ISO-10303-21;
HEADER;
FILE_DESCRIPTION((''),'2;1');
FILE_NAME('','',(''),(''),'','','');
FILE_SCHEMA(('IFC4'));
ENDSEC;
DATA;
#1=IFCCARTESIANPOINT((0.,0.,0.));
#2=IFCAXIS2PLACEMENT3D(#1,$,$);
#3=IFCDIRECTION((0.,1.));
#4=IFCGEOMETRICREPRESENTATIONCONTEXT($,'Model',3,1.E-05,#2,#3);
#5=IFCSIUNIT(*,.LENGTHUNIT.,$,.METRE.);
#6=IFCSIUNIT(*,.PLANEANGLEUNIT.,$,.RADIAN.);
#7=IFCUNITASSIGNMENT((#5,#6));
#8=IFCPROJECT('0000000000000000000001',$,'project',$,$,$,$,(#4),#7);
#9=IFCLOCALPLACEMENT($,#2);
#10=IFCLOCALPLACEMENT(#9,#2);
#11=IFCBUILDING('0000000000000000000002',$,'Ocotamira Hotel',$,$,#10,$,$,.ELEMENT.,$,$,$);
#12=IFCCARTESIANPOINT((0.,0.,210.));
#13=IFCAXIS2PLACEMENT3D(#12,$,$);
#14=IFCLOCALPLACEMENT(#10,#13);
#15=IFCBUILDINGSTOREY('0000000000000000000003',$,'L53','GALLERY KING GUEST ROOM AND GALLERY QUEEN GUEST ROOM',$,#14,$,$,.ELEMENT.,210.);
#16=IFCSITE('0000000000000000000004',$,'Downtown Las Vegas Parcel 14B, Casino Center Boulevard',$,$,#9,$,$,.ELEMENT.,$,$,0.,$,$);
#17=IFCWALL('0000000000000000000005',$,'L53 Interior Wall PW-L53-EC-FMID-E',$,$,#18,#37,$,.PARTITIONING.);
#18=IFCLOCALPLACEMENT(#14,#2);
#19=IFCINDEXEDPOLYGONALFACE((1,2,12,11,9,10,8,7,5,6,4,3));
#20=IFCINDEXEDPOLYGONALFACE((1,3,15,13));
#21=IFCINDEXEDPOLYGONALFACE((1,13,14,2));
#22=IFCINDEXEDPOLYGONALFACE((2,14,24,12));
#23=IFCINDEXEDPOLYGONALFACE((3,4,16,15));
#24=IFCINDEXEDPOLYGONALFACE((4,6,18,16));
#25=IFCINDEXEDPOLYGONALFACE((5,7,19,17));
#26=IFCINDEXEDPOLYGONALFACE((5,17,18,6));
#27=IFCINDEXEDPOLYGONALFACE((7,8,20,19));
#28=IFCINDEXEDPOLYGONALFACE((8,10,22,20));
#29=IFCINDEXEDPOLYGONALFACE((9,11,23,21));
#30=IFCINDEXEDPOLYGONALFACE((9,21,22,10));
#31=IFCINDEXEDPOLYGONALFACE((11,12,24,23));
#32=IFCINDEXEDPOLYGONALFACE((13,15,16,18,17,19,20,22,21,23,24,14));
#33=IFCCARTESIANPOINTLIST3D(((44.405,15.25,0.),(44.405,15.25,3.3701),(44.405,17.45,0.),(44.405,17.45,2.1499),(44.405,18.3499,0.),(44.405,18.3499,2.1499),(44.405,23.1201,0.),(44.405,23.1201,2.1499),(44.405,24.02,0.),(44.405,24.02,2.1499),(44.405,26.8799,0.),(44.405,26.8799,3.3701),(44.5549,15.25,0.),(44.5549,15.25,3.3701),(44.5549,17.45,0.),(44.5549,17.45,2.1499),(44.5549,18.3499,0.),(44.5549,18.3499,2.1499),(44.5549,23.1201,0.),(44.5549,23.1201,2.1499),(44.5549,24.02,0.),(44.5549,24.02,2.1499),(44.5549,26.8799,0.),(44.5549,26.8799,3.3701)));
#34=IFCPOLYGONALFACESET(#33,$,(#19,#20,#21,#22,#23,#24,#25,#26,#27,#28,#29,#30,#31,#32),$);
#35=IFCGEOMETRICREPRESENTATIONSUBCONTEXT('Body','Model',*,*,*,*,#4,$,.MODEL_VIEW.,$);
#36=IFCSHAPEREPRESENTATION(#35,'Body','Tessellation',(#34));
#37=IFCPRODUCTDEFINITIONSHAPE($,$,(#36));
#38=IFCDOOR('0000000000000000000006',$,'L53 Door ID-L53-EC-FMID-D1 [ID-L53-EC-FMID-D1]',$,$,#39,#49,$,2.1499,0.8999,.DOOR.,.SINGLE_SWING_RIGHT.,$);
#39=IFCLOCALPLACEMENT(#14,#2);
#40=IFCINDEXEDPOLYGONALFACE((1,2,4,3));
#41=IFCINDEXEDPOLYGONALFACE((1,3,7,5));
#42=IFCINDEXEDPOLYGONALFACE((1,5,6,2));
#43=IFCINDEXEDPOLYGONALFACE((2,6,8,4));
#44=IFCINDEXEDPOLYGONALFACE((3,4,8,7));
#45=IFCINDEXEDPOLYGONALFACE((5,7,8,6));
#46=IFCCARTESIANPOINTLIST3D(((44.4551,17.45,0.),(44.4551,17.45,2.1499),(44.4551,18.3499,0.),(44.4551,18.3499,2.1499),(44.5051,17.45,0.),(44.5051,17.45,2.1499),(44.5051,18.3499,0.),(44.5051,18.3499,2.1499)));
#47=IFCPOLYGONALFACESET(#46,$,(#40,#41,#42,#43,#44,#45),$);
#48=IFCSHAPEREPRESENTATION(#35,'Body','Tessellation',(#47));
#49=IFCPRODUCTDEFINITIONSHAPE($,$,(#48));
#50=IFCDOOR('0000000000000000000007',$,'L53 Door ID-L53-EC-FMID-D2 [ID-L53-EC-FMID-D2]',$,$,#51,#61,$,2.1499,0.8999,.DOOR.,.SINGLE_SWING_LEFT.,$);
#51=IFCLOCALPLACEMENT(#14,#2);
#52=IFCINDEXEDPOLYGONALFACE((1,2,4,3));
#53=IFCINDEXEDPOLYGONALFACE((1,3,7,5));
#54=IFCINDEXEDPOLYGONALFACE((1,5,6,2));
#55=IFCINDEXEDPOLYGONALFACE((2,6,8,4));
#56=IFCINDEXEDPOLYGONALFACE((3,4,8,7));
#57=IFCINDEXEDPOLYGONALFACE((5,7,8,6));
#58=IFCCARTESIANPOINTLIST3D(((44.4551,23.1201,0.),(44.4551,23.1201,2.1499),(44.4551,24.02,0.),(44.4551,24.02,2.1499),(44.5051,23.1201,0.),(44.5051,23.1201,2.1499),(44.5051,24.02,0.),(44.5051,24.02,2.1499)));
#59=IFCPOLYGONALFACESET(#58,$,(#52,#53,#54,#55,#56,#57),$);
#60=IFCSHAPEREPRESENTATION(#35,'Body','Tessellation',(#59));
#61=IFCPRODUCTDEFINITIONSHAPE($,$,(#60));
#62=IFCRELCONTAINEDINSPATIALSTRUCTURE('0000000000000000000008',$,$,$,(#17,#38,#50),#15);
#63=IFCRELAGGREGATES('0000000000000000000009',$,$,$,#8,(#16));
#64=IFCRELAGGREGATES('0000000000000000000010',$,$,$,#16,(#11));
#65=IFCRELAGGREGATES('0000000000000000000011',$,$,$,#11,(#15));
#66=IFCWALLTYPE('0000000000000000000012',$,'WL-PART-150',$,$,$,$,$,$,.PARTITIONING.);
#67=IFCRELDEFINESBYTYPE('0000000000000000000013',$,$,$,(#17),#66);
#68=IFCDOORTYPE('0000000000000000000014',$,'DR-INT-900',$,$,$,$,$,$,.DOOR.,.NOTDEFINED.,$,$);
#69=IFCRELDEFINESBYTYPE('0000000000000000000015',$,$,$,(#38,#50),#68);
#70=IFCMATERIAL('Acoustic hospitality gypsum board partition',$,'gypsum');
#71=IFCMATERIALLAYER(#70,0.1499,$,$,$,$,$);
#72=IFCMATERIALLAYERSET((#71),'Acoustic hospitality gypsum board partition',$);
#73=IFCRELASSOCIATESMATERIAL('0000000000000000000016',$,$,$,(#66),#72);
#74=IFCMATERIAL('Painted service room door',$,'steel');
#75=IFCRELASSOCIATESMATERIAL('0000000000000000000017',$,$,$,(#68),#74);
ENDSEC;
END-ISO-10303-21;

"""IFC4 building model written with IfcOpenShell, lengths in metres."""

from ifc_helpers import new_model, si_unit, direction, frame, frame_2d, origin, place, context, subcontext, project, spatial, rectangle, extrude, source, transform, mapped, material, layer, layer_set, type_object, element, fill, save


model = new_model("IFC4")

# Units and contexts
model_context = context("Model", 3, precision=1e-05, world=origin(), true_north=direction((0.0, 1.0)))
body_context = subcontext(model_context, "Body", "Model", "MODEL_VIEW")
ifc_project = project(units=[si_unit("LENGTHUNIT", "METRE"), si_unit("PLANEANGLEUNIT", "RADIAN")], contexts=[model_context])

# Site, building, storey
site_placement = place(None, origin())
site = spatial("IfcSite", under=ifc_project, at=site_placement, Name="Downtown Las Vegas Parcel 14B, Casino Center Boulevard", CompositionType="ELEMENT", RefElevation=0.0)
building_placement = place(site_placement, origin())
building = spatial("IfcBuilding", under=site, at=building_placement, Name="Ocotamira Hotel", CompositionType="ELEMENT")
storey_placement = place(building_placement, frame((0.0, 0.0, 210.0)))
storey = spatial("IfcBuildingStorey", under=building, at=storey_placement, Name="L53", Description="GALLERY KING GUEST ROOM AND GALLERY QUEEN GUEST ROOM", CompositionType="ELEMENT", Elevation=210.0)

# Shared definitions
ifc_material_1 = material(Name="Acoustic hospitality gypsum board partition", Category="gypsum")
ifc_layer_1 = layer(ifc_material_1, 0.1499)
ifc_layer_set_1 = layer_set([ifc_layer_1], Name="Acoustic hospitality gypsum board partition")
wall_type_1 = type_object("IfcWallType", Name="WL-PART-150", PredefinedType="PARTITIONING", material=ifc_layer_set_1)

# Wall, openings, doors
wall_1_placement = place(storey_placement, frame((44.48, 15.25, 0.0), z_axis=(0.0, 0.0, 1.0), x_axis=(0.0, 1.0, 0.0)))
wall_1 = element("IfcWall", 1, at=wall_1_placement, inside=storey, type_object=wall_type_1, Name="L53 Interior Wall PW-L53-EC-FMID-E", PredefinedType="PARTITIONING", context=body_context, shape_type="SweptSolid", body=[
    extrude(rectangle(XDim=11.6299, YDim=0.1499, at=frame_2d((5.8149, 0.0))), origin(), (0.0, 0.0, 1.0), 3.3701),
])
opening_1_placement = place(wall_1_placement, frame((2.2, 0.0, 0.0)))
opening_1 = element("IfcOpeningElement", 2, at=opening_1_placement, cuts=wall_1, PredefinedType="OPENING", context=body_context, shape_type="SweptSolid", body=[
    extrude(rectangle(XDim=0.8999, YDim=2.1499, at=frame_2d((0.45, 1.075))), frame((0.0, 0.085, 0.0), z_axis=(0.0, -1.0, 0.0), x_axis=(1.0, 0.0, 0.0)), (0.0, 0.0, 1.0), 0.1699),
])
opening_2_placement = place(wall_1_placement, frame((7.8701, 0.0, 0.0)))
opening_2 = element("IfcOpeningElement", 3, at=opening_2_placement, cuts=wall_1, PredefinedType="OPENING", context=body_context, shape_type="SweptSolid", body=[
    extrude(rectangle(XDim=0.8999, YDim=2.1499, at=frame_2d((0.45, 1.075))), frame((0.0, 0.085, 0.0), z_axis=(0.0, -1.0, 0.0), x_axis=(1.0, 0.0, 0.0)), (0.0, 0.0, 1.0), 0.1699),
])
ifc_material_2 = material(Name="Painted service room door", Category="steel")
door_type_1 = type_object("IfcDoorType", Name="DR-INT-900", OperationType="NOTDEFINED", PredefinedType="DOOR", material=ifc_material_2)
shared_shape_1 = source(origin(), body_context, "Body", "SweptSolid", [
    extrude(rectangle(XDim=0.8999, YDim=2.1499, at=frame_2d((0.45, 1.075))), frame((0.0, 0.0249, 0.0), z_axis=(0.0, -1.0, 0.0), x_axis=(1.0, 0.0, 0.0)), (0.0, 0.0, 1.0), 0.05),
])
door_1_placement = place(opening_1_placement, origin())
door_1 = element("IfcDoor", 4, at=door_1_placement, inside=storey, type_object=door_type_1, Name="L53 Door ID-L53-EC-FMID-D1 [ID-L53-EC-FMID-D1]", OperationType="SINGLE_SWING_RIGHT", OverallHeight=2.1499, OverallWidth=0.8999, PredefinedType="DOOR", context=body_context, shape_type="MappedRepresentation", body=[
    mapped(shared_shape_1, transform((0.0, 0.0, 0.0), scale=1.0)),
])
fill(opening_1, door_1)
door_2_placement = place(opening_2_placement, origin())
door_2 = element("IfcDoor", 5, at=door_2_placement, inside=storey, type_object=door_type_1, Name="L53 Door ID-L53-EC-FMID-D2 [ID-L53-EC-FMID-D2]", OperationType="SINGLE_SWING_LEFT", OverallHeight=2.1499, OverallWidth=0.8999, PredefinedType="DOOR", context=body_context, shape_type="MappedRepresentation", body=[
    mapped(shared_shape_1, transform((0.0, 0.0, 0.0), scale=1.0)),
])
fill(opening_2, door_2)

save(model, "model.ifc")
